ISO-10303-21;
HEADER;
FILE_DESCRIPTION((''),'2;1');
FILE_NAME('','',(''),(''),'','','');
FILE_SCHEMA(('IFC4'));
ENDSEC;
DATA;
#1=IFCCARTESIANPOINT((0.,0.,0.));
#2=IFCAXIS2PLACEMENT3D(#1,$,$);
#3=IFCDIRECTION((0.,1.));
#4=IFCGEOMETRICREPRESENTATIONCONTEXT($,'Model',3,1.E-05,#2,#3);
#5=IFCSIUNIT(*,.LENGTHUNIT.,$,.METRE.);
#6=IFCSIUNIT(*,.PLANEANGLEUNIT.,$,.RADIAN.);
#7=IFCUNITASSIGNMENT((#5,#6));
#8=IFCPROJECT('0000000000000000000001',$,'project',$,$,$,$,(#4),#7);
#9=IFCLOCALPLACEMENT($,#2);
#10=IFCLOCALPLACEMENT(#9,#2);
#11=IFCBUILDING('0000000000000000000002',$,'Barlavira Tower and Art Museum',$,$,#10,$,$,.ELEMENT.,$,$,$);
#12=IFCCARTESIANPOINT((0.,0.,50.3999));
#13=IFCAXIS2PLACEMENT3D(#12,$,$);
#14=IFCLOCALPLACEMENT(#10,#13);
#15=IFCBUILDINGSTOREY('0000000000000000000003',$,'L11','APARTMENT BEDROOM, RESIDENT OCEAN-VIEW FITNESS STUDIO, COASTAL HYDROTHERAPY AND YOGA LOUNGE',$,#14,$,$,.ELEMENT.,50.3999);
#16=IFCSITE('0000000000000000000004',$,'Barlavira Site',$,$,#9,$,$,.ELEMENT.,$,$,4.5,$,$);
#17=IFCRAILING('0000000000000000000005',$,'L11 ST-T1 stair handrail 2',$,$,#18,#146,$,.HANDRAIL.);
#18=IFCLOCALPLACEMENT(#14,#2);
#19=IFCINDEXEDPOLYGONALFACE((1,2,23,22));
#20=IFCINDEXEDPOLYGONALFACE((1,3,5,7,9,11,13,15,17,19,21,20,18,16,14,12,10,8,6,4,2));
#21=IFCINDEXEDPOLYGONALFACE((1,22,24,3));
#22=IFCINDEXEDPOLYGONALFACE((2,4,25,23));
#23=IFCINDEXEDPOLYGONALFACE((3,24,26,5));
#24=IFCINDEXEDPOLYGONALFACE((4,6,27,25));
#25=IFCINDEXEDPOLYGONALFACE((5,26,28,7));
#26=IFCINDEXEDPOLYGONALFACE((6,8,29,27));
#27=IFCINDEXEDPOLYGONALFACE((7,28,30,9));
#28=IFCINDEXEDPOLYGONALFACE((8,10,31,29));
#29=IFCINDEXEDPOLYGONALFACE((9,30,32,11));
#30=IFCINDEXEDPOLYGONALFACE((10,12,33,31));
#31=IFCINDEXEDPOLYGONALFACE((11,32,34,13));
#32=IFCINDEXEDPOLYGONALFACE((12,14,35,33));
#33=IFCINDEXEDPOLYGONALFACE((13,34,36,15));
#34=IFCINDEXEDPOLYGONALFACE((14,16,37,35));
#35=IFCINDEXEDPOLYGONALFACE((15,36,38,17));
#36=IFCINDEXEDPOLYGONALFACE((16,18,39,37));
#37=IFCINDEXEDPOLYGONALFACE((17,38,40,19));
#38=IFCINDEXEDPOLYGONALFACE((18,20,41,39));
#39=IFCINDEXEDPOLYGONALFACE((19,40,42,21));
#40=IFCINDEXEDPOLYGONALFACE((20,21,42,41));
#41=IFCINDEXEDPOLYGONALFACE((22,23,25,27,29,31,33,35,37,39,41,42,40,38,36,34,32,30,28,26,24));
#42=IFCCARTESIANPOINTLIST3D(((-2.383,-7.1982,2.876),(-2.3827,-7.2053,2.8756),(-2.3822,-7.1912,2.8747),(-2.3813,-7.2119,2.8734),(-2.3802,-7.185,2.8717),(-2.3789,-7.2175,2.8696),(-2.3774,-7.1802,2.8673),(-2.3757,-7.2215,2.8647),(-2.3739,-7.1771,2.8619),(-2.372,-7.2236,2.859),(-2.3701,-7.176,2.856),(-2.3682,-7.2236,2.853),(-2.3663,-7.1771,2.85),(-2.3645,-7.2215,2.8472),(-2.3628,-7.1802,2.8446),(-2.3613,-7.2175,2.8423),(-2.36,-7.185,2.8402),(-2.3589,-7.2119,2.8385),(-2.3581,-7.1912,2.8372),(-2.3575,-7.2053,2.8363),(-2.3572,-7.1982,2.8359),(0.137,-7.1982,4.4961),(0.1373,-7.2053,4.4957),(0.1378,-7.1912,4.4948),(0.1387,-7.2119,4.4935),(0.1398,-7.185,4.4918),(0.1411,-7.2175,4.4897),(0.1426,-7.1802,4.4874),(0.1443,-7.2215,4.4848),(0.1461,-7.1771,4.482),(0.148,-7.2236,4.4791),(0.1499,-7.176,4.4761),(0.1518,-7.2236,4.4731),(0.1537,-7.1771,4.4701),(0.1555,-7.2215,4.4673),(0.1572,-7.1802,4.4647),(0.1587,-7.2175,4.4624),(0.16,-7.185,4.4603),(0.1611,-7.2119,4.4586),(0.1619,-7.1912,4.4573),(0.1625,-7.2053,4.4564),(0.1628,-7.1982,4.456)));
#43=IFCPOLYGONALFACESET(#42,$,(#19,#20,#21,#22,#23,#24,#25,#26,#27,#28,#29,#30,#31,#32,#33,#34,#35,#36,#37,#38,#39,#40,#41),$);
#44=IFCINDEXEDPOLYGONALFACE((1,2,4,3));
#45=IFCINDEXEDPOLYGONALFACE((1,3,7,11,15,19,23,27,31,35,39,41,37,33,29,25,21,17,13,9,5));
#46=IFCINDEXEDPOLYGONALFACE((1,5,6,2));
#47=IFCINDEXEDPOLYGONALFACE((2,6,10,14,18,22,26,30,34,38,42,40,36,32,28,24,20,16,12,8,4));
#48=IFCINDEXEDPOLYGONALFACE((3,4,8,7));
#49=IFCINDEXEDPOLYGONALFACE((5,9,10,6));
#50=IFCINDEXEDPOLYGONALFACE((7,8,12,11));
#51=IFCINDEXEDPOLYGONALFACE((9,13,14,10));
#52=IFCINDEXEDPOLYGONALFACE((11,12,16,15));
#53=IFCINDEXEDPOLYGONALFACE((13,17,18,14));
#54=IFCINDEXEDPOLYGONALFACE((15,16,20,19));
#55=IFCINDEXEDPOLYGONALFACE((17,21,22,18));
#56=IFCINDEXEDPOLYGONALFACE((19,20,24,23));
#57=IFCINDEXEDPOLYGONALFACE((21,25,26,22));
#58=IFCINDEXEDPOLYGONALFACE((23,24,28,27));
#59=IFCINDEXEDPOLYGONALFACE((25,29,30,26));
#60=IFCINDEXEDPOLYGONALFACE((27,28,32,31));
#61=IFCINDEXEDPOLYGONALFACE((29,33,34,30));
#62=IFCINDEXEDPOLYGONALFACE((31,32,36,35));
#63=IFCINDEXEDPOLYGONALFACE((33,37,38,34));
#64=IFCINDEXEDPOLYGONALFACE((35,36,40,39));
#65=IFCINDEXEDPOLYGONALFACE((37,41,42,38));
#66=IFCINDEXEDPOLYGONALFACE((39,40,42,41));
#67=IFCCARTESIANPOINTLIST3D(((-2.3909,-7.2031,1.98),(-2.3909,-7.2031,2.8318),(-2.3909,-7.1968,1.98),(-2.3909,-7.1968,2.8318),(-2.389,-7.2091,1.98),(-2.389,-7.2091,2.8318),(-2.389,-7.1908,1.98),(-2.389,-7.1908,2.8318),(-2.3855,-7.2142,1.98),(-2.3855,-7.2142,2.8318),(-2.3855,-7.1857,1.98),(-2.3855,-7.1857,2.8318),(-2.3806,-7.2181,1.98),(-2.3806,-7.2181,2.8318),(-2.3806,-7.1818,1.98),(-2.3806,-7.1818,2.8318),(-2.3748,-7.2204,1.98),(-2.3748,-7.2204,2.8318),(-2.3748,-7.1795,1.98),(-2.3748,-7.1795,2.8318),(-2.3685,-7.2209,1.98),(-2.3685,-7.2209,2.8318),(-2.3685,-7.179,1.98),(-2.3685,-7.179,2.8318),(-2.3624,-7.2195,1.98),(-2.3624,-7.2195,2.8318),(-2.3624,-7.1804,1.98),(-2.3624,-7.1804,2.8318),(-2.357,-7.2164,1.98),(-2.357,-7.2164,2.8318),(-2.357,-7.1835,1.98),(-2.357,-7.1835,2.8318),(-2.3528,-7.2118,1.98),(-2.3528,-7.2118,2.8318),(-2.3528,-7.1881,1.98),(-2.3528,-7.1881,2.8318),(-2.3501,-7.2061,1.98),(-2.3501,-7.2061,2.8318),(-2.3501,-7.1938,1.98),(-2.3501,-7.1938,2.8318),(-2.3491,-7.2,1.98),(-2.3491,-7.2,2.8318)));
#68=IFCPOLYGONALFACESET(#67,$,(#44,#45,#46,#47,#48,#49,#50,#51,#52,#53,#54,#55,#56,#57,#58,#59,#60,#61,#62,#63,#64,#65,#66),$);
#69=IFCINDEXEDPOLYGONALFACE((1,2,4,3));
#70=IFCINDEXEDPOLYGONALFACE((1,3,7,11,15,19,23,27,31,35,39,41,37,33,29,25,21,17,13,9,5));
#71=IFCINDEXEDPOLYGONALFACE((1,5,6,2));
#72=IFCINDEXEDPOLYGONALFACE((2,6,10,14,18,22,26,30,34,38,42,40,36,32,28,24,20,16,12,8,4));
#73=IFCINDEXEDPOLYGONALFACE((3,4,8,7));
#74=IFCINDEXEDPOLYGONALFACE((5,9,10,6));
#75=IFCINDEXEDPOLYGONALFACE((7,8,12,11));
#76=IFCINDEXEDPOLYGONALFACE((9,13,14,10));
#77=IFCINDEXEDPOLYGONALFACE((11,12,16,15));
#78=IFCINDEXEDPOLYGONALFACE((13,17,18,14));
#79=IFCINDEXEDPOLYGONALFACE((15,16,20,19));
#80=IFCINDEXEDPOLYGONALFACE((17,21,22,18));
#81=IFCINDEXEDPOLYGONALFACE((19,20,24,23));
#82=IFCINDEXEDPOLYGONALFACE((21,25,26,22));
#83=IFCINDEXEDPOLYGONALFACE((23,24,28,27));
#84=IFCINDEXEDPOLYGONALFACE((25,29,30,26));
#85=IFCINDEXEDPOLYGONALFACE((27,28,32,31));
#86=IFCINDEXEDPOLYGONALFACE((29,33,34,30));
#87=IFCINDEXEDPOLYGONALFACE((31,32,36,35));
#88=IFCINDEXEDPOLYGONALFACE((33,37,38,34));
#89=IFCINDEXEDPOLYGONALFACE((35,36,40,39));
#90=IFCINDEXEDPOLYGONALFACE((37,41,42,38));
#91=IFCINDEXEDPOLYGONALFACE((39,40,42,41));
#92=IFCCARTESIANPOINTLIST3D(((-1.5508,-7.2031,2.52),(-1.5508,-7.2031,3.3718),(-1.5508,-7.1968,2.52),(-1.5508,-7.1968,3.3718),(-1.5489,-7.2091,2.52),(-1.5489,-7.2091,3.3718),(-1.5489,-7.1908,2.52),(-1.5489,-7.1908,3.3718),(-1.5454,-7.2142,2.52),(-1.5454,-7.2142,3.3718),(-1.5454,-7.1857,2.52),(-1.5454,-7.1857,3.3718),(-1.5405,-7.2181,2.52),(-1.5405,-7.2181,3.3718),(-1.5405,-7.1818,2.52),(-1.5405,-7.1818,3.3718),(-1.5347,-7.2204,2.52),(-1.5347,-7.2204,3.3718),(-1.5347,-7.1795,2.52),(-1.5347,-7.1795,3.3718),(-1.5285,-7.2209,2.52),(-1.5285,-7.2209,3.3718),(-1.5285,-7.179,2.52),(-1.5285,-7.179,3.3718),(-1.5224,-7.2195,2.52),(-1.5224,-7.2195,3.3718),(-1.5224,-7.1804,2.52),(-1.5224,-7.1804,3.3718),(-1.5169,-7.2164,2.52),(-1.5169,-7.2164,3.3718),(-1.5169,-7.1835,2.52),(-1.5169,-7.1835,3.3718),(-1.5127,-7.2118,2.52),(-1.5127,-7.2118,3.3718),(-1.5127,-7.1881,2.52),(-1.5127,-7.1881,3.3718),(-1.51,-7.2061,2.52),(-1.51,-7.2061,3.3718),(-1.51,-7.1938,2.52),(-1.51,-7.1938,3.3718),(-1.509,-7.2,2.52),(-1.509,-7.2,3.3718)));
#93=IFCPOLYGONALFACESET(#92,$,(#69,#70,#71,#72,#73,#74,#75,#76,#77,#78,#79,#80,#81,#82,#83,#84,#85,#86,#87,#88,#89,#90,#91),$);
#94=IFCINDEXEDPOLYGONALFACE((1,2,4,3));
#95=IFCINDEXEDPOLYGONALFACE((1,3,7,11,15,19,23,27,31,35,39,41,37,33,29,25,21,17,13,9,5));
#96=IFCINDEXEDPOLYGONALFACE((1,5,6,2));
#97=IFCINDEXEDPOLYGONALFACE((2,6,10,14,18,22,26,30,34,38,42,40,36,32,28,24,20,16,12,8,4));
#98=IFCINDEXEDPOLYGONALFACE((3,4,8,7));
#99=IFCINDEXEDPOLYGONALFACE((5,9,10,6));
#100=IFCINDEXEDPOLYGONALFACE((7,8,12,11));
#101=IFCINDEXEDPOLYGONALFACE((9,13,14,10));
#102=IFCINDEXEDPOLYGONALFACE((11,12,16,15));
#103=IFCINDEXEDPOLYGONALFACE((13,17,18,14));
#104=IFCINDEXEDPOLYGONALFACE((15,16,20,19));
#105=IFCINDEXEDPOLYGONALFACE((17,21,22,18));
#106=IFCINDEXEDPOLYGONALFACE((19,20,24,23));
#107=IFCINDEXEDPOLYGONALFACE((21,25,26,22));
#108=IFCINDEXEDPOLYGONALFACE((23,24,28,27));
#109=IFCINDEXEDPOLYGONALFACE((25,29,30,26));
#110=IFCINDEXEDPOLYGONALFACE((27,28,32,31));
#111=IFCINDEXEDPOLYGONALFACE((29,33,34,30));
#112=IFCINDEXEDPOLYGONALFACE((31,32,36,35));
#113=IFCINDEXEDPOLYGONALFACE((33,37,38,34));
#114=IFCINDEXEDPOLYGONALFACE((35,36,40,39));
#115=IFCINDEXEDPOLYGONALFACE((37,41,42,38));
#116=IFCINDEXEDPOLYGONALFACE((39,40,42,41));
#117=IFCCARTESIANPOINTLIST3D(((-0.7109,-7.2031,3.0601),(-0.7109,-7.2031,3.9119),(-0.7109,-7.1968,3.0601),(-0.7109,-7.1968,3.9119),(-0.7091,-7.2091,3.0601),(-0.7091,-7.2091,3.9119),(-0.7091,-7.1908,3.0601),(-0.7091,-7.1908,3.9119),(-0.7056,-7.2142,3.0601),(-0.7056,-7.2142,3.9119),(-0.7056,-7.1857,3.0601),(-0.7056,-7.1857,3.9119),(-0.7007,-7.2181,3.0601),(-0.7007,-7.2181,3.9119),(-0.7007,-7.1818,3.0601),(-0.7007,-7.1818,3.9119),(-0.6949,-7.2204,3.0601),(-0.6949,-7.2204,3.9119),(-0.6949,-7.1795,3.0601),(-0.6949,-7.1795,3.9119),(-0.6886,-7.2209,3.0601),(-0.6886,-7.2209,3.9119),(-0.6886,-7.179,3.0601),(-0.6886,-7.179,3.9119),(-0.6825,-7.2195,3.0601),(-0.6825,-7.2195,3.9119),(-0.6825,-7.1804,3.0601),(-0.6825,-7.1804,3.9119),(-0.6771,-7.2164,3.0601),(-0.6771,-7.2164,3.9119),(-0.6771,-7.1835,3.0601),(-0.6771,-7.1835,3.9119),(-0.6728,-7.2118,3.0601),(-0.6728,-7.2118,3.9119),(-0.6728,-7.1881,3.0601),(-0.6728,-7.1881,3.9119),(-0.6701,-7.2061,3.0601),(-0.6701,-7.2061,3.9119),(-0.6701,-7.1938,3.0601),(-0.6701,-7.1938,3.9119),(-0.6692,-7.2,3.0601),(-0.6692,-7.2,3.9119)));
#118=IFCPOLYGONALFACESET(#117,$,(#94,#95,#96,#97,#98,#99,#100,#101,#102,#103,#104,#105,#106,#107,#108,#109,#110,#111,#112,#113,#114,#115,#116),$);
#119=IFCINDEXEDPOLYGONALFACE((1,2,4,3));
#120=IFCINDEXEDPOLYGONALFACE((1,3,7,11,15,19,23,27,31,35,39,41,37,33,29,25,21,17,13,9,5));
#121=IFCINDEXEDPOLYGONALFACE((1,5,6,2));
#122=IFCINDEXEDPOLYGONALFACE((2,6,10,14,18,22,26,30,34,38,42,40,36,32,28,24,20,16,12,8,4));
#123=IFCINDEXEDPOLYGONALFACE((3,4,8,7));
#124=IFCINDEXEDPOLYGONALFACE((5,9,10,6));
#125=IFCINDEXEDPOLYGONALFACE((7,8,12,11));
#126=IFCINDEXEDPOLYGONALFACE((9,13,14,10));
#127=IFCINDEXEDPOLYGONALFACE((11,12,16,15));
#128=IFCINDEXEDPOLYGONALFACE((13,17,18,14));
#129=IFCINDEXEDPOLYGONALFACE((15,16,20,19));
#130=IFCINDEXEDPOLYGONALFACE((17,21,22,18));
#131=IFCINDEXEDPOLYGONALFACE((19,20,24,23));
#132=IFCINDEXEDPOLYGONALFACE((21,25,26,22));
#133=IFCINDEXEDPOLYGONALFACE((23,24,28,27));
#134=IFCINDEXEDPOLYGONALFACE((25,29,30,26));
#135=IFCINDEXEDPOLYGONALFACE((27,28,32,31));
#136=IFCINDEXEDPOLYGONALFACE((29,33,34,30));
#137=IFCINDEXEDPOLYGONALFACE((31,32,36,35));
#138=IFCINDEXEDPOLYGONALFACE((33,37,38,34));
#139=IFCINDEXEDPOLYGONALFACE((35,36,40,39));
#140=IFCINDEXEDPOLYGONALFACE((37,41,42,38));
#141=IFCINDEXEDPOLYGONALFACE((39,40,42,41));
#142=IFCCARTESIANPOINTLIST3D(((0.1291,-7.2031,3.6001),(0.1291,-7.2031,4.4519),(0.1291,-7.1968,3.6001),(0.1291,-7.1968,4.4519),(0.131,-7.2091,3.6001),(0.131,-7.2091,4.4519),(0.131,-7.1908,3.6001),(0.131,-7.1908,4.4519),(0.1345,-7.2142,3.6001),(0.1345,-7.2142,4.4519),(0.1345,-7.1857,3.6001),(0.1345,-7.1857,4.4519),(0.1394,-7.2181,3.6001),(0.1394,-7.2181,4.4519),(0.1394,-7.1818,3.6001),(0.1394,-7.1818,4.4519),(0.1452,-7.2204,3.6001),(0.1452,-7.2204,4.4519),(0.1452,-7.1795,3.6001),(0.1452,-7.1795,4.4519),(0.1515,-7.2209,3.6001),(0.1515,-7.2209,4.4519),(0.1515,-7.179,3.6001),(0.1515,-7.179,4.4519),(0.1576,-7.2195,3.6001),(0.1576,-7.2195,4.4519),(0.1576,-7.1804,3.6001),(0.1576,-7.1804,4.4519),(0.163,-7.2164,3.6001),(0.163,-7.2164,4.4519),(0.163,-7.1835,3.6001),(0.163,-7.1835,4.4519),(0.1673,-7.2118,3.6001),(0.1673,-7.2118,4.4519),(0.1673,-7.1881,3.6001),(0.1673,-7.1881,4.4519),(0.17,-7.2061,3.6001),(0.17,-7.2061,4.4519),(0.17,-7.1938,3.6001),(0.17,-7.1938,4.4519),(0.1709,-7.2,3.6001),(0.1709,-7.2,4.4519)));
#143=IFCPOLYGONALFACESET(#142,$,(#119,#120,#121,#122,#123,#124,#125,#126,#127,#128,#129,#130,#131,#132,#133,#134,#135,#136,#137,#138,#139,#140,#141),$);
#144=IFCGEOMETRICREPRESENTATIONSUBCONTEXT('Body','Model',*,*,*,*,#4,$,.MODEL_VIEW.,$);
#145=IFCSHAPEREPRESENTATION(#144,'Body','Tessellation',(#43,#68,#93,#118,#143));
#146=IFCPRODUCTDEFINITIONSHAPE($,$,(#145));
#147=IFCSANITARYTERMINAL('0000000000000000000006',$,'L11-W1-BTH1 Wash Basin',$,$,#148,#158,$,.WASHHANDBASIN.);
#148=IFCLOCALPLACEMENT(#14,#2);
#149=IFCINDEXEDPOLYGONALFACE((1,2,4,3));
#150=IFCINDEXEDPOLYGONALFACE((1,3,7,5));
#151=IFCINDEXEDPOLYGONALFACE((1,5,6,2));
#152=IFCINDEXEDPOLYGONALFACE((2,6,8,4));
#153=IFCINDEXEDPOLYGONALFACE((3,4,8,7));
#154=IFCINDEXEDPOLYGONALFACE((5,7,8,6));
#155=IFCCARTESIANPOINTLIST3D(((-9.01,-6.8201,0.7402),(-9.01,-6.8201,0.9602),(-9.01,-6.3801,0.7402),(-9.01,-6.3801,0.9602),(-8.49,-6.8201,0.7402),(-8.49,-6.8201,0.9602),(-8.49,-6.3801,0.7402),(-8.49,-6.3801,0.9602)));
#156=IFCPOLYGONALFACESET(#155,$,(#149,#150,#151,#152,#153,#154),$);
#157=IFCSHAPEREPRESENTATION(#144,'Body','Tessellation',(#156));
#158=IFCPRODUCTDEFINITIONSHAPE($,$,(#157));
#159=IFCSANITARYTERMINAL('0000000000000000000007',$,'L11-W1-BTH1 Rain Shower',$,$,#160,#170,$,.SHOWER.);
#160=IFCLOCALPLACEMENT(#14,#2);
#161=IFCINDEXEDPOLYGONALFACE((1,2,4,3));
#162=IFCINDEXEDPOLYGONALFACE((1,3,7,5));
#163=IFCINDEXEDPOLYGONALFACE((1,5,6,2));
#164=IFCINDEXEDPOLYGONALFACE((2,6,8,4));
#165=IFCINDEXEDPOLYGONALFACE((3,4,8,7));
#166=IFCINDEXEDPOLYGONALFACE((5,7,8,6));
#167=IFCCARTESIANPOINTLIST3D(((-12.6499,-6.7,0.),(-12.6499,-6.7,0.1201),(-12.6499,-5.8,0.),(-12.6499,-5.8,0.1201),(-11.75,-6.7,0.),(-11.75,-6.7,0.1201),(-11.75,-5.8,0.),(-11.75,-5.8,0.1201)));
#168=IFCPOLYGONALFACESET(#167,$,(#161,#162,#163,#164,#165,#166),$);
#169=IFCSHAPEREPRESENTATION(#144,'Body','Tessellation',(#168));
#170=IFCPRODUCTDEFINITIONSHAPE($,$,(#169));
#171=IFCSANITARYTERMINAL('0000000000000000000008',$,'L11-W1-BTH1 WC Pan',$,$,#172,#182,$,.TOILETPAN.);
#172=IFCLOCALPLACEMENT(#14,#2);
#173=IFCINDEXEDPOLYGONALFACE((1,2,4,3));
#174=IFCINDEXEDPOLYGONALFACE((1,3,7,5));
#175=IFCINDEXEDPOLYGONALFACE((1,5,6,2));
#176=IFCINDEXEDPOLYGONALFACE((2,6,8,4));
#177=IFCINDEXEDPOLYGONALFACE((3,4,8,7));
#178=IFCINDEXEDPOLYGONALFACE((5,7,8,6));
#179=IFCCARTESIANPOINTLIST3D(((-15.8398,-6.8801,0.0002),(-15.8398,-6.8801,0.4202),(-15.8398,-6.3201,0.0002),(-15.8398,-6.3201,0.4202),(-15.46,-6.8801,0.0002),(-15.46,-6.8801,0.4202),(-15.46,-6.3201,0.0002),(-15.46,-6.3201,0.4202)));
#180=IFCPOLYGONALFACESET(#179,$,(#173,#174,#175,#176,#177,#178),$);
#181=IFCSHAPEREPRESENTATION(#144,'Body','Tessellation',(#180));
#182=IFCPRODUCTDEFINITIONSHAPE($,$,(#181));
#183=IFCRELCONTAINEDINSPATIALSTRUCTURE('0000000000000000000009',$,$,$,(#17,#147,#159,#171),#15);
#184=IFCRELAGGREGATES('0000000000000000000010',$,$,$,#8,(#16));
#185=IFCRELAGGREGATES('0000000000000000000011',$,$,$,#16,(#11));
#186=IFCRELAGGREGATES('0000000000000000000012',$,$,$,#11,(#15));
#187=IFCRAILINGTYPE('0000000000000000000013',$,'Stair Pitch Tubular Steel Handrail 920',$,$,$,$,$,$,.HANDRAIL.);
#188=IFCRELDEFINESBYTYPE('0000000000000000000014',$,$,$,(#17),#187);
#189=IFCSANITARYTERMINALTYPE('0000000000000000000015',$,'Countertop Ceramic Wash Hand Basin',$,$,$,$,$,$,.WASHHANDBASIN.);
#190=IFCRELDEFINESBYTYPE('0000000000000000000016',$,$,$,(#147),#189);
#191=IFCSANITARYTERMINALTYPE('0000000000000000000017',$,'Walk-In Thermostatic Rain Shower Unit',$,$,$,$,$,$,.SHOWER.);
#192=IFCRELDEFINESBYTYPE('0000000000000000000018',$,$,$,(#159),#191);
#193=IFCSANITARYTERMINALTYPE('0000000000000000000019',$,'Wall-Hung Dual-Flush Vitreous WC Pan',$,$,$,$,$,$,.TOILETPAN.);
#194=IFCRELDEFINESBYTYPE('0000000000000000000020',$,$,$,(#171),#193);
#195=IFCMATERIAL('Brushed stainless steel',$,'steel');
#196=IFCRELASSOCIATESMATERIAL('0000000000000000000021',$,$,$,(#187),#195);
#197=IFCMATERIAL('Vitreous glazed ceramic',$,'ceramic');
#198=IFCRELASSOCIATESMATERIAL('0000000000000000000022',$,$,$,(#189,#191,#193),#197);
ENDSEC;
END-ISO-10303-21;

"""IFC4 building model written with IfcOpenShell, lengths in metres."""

from ifc_helpers import new_model, si_unit, direction, frame, origin, origin_2d, place, context, subcontext, project, spatial, rectangle, circle, extrude, material, type_object, element, save


model = new_model("IFC4")

# Units and contexts
model_context = context("Model", 3, precision=1e-05, world=origin(), true_north=direction((0.0, 1.0)))
body_context = subcontext(model_context, "Body", "Model", "MODEL_VIEW")
ifc_project = project(units=[si_unit("LENGTHUNIT", "METRE"), si_unit("PLANEANGLEUNIT", "RADIAN")], contexts=[model_context])

# Site, building, storey
site_placement = place(None, origin())
site = spatial("IfcSite", under=ifc_project, at=site_placement, Name="Barlavira Site", CompositionType="ELEMENT", RefElevation=4.5)
building_placement = place(site_placement, origin())
building = spatial("IfcBuilding", under=site, at=building_placement, Name="Barlavira Tower and Art Museum", CompositionType="ELEMENT")
storey_placement = place(building_placement, frame((0.0, 0.0, 50.3999)))
storey = spatial("IfcBuildingStorey", under=building, at=storey_placement, Name="L11", Description="APARTMENT BEDROOM, RESIDENT OCEAN-VIEW FITNESS STUDIO, COASTAL HYDROTHERAPY AND YOGA LOUNGE", CompositionType="ELEMENT", Elevation=50.3999)

# Shared definitions
ifc_material_1 = material(Name="Brushed stainless steel", Category="steel")

# Railing
railing_type_1 = type_object("IfcRailingType", Name="Stair Pitch Tubular Steel Handrail 920", PredefinedType="HANDRAIL", material=ifc_material_1)
railing_1_placement = place(storey_placement, frame((-2.3701, -7.2, 1.98)))
element("IfcRailing", 1, at=railing_1_placement, inside=storey, type_object=railing_type_1, Name="L11 ST-T1 stair handrail 2", PredefinedType="HANDRAIL", context=body_context, shape_type="SweptSolid", body=[
    extrude(circle(Radius=0.0239, at=origin_2d()), frame((0.0, 0.0, 0.876), z_axis=(0.841163, 0.0, 0.540782), x_axis=(0.0, 1.0, 0.0)), (0.0, 0.0, 1.0), 2.9958),
    extrude(circle(Radius=0.021, at=origin_2d()), origin(), (0.0, 0.0, 1.0), 0.8518),
    extrude(circle(Radius=0.021, at=origin_2d()), frame((0.8401, 0.0, 0.54)), (0.0, 0.0, 1.0), 0.8518),
    extrude(circle(Radius=0.021, at=origin_2d()), frame((1.6799, 0.0, 1.0801)), (0.0, 0.0, 1.0), 0.8518),
    extrude(circle(Radius=0.021, at=origin_2d()), frame((2.52, 0.0, 1.6201)), (0.0, 0.0, 1.0), 0.8518),
])

# Sanitary terminals
ifc_material_2 = material(Name="Vitreous glazed ceramic", Category="ceramic")
sanitary_terminal_type_1 = type_object("IfcSanitaryTerminalType", Name="Countertop Ceramic Wash Hand Basin", PredefinedType="WASHHANDBASIN", material=ifc_material_2)
sanitary_terminal_1_placement = place(storey_placement, frame((-8.75, -6.6001, 0.7402), z_axis=(0.0, 0.0, 1.0), x_axis=(1.0, 0.0, 0.0)))
element("IfcSanitaryTerminal", 2, at=sanitary_terminal_1_placement, inside=storey, type_object=sanitary_terminal_type_1, Name="L11-W1-BTH1 Wash Basin", PredefinedType="WASHHANDBASIN", context=body_context, shape_type="SweptSolid", body=[
    extrude(rectangle(XDim=0.52, YDim=0.4399, at=origin_2d()), origin(), (0.0, 0.0, 1.0), 0.22),
])
sanitary_terminal_type_2 = type_object("IfcSanitaryTerminalType", Name="Walk-In Thermostatic Rain Shower Unit", PredefinedType="SHOWER", material=ifc_material_2)
sanitary_terminal_2_placement = place(storey_placement, frame((-12.2, -6.25, 0.0), z_axis=(0.0, 0.0, 1.0), x_axis=(1.0, 0.0, 0.0)))
element("IfcSanitaryTerminal", 3, at=sanitary_terminal_2_placement, inside=storey, type_object=sanitary_terminal_type_2, Name="L11-W1-BTH1 Rain Shower", PredefinedType="SHOWER", context=body_context, shape_type="SweptSolid", body=[
    extrude(rectangle(XDim=0.8999, YDim=0.8999, at=origin_2d()), origin(), (0.0, 0.0, 1.0), 0.1201),
])
sanitary_terminal_type_3 = type_object("IfcSanitaryTerminalType", Name="Wall-Hung Dual-Flush Vitreous WC Pan", PredefinedType="TOILETPAN", material=ifc_material_2)
sanitary_terminal_3_placement = place(storey_placement, frame((-15.6499, -6.6001, 0.0002), z_axis=(0.0, 0.0, 1.0), x_axis=(1.0, 0.0, 0.0)))
element("IfcSanitaryTerminal", 4, at=sanitary_terminal_3_placement, inside=storey, type_object=sanitary_terminal_type_3, Name="L11-W1-BTH1 WC Pan", PredefinedType="TOILETPAN", context=body_context, shape_type="SweptSolid", body=[
    extrude(rectangle(XDim=0.3799, YDim=0.5601, at=origin_2d()), origin(), (0.0, 0.0, 1.0), 0.4199),
])

save(model, "model.ifc")
